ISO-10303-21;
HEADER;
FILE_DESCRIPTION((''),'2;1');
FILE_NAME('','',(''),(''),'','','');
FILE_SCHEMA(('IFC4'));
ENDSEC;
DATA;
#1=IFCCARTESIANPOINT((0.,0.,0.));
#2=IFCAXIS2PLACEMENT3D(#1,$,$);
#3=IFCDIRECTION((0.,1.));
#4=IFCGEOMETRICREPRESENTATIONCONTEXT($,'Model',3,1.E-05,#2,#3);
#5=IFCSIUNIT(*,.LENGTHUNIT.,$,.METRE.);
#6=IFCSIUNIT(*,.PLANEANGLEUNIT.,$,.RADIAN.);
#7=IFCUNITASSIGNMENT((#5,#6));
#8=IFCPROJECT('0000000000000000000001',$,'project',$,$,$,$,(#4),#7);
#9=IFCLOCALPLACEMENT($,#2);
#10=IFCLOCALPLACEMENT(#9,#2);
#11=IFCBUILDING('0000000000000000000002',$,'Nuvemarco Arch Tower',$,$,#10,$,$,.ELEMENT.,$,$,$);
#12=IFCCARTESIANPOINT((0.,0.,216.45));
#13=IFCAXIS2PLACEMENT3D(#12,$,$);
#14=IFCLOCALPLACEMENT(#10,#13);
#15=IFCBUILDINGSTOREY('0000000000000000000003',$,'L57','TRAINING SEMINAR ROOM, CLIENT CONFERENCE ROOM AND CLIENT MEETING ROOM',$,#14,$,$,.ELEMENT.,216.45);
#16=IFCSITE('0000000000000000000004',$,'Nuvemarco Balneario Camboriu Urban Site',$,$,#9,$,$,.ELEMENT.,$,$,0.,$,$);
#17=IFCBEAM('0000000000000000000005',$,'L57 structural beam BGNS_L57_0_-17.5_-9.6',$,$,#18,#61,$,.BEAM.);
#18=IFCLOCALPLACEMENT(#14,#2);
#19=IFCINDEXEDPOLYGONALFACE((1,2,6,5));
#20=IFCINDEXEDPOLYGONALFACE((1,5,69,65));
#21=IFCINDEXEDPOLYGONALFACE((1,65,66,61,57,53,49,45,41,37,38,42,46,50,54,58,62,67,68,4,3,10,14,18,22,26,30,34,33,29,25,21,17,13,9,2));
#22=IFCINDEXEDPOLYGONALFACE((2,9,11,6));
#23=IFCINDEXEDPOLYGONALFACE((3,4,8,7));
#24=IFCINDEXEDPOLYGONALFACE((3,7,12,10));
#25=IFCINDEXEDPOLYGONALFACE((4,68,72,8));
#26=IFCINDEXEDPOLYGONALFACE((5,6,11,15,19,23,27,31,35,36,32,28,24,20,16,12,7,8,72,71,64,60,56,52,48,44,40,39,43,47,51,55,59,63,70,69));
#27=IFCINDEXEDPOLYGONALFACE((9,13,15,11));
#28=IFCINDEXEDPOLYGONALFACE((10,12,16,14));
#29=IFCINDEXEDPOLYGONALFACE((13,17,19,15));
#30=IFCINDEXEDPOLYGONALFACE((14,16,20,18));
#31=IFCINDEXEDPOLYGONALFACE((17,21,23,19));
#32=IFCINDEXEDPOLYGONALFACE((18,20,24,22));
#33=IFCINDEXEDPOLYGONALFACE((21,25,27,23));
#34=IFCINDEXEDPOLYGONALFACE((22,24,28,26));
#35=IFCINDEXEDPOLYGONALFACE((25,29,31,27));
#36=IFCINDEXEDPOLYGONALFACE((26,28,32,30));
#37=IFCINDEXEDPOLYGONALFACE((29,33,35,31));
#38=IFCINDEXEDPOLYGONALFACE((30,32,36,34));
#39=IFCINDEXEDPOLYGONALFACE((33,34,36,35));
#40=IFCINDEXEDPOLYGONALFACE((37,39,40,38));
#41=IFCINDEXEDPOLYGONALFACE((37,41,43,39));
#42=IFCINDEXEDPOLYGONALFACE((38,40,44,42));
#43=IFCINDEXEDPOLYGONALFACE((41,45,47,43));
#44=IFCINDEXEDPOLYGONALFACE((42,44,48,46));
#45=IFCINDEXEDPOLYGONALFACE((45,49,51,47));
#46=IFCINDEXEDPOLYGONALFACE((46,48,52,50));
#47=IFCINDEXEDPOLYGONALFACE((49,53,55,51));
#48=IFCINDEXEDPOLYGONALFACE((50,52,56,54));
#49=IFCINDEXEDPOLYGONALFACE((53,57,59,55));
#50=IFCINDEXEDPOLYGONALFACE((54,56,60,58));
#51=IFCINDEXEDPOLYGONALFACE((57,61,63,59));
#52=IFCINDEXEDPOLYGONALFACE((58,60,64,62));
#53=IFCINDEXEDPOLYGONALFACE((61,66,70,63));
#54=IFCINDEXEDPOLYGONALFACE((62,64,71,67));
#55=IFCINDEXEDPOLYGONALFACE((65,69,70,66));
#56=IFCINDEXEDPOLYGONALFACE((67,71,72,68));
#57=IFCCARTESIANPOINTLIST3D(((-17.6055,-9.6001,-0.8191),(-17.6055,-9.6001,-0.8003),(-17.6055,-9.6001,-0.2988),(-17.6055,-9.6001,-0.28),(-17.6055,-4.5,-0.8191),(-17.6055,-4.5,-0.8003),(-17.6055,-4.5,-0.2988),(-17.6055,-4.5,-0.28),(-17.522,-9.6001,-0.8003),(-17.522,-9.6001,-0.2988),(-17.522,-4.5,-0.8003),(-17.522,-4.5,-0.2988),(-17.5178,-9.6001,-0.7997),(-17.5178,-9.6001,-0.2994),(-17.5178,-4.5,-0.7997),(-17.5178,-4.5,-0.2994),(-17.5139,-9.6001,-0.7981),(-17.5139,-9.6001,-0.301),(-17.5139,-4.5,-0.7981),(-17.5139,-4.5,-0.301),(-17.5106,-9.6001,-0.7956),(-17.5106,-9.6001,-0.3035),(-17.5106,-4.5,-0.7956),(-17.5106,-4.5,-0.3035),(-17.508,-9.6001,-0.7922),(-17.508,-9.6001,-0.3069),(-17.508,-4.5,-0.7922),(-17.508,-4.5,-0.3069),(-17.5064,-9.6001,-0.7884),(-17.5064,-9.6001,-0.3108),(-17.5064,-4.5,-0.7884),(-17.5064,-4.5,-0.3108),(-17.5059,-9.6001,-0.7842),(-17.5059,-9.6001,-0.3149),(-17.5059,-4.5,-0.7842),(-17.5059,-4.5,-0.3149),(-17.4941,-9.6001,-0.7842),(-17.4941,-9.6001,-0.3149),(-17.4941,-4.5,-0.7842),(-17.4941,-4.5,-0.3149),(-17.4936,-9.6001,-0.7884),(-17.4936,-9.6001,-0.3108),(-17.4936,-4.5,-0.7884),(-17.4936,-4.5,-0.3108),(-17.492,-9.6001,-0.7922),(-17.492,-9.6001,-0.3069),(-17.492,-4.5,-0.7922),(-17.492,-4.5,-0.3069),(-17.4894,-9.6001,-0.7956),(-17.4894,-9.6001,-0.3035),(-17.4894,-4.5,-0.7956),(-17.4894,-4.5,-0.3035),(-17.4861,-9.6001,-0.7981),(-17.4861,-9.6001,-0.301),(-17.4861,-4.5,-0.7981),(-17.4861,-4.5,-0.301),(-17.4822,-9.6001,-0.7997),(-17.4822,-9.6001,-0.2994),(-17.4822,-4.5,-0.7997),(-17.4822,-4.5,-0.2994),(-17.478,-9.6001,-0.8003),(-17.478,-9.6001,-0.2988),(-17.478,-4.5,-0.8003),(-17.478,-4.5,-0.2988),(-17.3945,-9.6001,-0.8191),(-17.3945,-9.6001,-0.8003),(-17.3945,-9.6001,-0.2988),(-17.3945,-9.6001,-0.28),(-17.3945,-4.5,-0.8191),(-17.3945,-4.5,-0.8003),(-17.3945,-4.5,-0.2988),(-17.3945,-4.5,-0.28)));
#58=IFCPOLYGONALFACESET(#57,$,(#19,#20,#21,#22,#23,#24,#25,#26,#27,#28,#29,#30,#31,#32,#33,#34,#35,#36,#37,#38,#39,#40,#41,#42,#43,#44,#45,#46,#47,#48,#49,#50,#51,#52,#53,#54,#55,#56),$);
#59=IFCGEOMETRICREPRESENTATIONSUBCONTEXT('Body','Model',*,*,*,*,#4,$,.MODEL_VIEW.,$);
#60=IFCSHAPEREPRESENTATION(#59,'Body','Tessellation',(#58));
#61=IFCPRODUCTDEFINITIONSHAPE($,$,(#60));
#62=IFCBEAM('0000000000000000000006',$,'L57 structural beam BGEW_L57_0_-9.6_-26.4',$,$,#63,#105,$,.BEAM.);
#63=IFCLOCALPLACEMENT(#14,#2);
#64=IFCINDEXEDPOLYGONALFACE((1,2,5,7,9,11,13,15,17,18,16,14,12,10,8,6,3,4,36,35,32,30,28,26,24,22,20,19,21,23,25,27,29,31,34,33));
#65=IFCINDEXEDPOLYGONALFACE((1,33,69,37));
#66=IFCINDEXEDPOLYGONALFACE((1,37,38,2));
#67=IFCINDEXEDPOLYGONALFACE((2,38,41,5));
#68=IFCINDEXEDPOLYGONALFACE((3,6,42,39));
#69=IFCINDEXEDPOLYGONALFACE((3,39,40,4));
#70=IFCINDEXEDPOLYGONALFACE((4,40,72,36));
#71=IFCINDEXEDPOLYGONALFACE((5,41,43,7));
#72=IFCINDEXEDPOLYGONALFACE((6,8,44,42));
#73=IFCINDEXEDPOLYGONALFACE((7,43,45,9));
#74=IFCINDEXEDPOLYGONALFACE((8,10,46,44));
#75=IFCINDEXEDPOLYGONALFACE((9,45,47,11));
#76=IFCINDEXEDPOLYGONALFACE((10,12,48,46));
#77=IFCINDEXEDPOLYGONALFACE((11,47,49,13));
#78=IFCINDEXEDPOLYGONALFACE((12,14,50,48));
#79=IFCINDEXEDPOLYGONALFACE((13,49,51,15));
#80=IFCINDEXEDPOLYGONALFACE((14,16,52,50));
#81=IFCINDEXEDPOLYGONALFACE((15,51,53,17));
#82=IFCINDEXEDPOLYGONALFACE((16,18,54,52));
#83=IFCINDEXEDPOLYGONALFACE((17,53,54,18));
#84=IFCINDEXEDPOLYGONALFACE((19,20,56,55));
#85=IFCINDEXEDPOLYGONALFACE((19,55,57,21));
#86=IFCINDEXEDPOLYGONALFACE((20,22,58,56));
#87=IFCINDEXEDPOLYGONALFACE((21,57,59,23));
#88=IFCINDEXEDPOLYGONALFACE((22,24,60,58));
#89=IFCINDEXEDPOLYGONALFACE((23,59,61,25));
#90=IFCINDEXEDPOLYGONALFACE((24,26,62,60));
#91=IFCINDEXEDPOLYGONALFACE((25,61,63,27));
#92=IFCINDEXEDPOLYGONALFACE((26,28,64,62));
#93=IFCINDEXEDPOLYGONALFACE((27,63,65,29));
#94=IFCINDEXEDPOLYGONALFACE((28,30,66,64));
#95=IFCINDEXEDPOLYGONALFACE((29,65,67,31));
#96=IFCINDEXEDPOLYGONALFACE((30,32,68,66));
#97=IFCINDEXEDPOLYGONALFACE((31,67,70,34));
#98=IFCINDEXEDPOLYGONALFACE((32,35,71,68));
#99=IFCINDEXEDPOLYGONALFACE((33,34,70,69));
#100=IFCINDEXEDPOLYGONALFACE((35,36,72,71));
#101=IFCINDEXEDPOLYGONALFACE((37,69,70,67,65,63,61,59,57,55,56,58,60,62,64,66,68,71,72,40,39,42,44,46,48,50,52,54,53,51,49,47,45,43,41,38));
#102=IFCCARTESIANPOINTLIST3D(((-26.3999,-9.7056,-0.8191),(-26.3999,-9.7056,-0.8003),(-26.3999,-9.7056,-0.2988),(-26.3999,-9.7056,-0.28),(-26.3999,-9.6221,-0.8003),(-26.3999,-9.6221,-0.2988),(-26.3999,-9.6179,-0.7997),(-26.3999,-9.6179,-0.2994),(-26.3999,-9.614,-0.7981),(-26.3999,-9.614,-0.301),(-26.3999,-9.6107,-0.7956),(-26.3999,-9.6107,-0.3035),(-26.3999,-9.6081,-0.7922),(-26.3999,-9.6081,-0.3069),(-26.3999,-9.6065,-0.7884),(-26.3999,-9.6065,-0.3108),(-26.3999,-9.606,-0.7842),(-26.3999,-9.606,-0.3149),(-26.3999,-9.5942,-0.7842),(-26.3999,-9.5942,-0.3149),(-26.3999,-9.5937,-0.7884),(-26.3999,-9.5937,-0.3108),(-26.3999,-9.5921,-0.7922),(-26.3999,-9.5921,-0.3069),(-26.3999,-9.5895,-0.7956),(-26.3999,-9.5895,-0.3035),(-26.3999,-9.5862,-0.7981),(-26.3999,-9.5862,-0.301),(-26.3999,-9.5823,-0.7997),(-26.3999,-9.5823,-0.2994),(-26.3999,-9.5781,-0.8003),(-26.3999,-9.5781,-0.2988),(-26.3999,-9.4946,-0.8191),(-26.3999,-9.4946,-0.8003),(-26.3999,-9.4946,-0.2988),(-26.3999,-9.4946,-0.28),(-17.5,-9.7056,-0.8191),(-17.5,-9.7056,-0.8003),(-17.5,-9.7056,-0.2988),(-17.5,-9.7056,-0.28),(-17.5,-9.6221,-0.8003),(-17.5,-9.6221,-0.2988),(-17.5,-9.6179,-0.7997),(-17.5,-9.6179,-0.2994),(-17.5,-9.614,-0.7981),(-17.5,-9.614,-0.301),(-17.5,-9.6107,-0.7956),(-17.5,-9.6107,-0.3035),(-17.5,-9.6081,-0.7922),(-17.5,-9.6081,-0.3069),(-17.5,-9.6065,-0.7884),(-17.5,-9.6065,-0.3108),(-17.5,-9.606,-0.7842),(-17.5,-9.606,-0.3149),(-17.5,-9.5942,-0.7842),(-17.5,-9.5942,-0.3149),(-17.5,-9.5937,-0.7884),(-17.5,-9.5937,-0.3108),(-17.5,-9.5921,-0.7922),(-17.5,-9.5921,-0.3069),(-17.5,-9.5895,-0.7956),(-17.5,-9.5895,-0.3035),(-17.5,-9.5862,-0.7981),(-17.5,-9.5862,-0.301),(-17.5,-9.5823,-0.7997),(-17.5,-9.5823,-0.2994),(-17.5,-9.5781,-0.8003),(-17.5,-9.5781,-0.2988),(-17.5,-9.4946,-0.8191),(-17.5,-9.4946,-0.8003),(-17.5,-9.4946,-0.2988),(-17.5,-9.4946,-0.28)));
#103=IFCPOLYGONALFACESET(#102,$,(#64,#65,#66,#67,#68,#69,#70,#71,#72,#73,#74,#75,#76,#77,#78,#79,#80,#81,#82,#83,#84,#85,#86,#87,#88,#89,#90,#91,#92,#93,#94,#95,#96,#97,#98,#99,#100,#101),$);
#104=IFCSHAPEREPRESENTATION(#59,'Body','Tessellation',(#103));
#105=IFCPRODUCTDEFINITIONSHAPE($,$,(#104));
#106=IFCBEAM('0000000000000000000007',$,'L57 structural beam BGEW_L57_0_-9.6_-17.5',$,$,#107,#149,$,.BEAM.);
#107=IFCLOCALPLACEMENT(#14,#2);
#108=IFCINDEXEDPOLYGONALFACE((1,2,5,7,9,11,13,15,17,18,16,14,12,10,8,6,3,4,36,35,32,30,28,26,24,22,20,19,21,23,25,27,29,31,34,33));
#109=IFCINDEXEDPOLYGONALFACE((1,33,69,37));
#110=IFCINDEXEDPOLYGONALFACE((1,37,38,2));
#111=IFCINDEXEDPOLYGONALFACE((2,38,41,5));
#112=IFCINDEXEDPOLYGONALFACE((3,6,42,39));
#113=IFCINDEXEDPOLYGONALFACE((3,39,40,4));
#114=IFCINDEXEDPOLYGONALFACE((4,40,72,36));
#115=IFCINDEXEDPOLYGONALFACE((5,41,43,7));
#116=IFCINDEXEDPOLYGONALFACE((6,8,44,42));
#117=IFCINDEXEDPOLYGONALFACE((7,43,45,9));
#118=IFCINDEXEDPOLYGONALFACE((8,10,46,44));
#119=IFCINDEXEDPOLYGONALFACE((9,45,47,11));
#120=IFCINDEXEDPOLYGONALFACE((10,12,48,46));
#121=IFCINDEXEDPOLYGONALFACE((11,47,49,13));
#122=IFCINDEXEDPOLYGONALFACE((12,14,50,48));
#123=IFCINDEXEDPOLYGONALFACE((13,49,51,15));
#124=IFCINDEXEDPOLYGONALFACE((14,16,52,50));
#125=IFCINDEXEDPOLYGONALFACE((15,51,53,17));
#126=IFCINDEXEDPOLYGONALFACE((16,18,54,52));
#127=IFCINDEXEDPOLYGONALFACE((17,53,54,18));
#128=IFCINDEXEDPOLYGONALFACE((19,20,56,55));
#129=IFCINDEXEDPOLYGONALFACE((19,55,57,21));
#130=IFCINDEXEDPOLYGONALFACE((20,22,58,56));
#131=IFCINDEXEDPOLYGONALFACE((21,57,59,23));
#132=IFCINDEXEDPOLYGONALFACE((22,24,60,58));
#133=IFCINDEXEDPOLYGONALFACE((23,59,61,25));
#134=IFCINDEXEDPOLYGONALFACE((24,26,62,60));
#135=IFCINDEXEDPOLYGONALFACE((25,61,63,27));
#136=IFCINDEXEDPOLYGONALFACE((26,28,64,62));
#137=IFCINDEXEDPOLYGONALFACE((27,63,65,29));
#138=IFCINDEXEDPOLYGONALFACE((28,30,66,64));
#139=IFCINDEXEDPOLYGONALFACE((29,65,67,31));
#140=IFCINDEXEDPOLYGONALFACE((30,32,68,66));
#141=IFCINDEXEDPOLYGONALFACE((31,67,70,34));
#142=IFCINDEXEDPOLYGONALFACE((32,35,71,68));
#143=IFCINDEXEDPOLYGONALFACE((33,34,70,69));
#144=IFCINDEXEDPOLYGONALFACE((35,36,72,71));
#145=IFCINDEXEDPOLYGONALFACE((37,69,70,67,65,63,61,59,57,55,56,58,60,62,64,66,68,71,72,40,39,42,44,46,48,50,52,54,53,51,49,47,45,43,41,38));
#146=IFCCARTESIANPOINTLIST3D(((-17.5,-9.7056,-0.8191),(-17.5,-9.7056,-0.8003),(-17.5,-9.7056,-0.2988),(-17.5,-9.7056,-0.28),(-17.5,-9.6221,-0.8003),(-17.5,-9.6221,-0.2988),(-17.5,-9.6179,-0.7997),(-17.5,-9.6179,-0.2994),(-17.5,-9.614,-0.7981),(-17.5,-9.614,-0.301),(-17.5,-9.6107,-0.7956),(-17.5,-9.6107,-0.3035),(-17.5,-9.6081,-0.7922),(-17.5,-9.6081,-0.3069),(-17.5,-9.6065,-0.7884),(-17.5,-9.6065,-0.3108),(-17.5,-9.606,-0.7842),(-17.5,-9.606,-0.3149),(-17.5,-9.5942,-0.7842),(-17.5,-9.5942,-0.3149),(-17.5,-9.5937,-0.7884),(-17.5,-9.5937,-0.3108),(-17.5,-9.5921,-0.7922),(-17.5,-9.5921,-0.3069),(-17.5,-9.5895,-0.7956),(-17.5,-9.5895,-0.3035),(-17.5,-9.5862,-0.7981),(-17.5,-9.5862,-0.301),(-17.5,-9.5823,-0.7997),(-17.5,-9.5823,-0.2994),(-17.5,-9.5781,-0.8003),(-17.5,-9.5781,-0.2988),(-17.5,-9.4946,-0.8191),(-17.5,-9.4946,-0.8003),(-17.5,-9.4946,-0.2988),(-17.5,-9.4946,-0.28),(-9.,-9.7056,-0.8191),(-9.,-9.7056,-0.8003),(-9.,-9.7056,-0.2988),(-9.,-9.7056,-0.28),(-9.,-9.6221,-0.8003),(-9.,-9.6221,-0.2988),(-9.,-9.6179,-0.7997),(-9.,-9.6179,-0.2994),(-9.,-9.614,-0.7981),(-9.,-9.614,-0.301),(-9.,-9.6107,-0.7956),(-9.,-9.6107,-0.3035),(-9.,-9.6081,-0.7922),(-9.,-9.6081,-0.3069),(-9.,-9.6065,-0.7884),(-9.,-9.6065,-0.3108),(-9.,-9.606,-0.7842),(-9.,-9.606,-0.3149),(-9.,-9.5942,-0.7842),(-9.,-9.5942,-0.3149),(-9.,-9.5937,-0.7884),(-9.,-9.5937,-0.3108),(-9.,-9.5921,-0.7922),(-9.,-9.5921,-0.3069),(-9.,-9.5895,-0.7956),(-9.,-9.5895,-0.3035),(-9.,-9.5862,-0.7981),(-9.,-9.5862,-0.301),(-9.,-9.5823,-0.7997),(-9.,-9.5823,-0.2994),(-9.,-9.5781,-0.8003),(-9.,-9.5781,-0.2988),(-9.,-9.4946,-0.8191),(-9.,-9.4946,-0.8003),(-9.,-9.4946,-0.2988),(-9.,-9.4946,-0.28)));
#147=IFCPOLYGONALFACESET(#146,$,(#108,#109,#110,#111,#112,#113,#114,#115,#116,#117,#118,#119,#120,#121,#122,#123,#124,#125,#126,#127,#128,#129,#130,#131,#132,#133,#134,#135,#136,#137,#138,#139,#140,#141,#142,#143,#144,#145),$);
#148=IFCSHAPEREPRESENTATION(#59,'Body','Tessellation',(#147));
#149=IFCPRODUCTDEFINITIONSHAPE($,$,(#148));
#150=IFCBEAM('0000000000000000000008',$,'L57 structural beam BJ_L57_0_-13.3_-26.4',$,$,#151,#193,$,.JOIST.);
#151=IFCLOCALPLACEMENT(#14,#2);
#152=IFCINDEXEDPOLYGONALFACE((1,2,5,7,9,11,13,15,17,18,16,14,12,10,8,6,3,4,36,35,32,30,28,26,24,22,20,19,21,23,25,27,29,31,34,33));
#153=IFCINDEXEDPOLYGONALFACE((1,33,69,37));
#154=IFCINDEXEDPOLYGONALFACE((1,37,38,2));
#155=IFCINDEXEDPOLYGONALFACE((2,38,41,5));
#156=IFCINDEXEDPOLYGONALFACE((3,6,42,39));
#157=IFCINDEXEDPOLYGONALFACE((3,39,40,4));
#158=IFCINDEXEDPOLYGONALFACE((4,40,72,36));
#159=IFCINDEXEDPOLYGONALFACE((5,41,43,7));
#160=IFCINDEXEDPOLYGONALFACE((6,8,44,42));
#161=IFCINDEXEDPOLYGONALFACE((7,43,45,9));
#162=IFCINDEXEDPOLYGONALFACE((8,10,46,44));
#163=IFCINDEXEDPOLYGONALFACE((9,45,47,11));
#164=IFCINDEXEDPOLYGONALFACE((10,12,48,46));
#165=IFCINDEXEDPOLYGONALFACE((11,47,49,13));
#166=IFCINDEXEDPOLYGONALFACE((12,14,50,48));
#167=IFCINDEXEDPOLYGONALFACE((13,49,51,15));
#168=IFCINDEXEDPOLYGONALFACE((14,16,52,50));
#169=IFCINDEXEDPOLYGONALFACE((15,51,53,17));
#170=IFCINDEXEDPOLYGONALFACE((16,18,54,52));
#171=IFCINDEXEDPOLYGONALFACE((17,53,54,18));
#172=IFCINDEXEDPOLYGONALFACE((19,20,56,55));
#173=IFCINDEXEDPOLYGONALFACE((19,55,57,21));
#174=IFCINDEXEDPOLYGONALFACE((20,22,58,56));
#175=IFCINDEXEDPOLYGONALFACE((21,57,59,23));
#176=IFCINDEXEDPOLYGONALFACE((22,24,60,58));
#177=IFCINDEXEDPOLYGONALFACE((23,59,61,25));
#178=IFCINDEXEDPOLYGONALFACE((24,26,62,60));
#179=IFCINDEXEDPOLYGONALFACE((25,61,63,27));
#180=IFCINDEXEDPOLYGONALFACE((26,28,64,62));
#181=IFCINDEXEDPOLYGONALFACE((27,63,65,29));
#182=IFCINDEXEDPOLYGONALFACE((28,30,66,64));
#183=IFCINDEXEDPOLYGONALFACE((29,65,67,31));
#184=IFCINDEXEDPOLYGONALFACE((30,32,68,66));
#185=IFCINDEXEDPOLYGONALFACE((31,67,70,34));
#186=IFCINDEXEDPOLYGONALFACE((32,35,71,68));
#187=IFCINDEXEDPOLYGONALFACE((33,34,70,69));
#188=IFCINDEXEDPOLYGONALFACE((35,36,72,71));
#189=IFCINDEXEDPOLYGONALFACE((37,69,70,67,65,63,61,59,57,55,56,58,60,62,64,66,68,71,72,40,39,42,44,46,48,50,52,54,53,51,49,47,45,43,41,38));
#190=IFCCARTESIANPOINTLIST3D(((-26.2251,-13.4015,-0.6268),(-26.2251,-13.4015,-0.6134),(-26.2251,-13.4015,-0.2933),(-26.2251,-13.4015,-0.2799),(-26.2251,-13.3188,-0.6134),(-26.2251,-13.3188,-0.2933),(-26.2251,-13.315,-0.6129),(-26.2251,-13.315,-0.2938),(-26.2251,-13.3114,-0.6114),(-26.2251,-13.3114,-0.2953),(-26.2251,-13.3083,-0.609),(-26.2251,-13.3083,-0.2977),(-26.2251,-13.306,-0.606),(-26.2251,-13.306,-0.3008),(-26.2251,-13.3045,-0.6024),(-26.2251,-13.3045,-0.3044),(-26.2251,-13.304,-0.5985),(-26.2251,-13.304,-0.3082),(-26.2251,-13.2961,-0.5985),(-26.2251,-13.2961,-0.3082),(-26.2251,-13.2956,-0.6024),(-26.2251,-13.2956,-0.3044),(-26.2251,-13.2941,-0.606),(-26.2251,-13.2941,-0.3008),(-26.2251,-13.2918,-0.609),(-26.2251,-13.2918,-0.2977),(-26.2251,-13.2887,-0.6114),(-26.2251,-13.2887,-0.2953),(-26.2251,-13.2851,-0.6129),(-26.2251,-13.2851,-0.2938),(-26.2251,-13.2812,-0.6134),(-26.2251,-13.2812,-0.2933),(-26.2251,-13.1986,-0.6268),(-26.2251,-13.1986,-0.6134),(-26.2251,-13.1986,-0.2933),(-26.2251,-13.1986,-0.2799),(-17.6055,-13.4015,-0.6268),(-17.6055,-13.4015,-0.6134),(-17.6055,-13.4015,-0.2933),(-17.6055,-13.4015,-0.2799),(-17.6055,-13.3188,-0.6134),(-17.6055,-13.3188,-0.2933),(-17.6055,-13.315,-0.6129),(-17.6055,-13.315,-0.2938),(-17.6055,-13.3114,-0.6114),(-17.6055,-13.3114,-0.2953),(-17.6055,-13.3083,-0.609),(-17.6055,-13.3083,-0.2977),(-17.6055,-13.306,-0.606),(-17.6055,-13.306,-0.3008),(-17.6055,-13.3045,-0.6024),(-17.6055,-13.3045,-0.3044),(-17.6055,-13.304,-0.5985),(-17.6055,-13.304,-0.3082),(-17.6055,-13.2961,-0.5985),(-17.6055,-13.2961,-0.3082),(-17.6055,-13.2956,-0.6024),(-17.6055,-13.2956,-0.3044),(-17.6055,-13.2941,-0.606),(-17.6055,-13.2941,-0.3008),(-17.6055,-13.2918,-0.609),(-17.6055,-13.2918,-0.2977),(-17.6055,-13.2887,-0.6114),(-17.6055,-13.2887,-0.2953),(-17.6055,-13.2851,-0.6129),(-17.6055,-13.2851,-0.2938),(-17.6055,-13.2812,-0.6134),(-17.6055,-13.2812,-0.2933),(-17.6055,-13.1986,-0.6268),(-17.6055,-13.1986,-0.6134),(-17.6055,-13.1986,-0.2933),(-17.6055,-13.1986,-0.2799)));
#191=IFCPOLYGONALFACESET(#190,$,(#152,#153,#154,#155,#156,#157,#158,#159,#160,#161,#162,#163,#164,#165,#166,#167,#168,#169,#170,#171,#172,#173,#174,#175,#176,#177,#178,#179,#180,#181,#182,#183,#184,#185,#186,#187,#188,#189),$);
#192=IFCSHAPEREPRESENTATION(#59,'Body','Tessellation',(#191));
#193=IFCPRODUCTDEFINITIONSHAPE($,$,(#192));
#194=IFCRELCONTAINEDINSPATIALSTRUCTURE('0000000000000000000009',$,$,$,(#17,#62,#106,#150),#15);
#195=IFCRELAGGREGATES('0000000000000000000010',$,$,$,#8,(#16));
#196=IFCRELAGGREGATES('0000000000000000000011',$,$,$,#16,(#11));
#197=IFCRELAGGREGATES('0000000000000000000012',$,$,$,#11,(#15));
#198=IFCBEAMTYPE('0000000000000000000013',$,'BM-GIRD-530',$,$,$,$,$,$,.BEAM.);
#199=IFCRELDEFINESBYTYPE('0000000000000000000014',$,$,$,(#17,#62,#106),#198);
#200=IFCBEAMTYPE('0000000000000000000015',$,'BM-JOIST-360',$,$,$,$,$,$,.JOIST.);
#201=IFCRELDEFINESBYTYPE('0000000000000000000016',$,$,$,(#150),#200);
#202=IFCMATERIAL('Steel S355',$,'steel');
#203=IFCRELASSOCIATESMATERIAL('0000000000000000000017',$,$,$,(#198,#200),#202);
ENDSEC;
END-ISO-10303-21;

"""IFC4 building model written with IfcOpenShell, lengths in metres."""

from ifc_helpers import new_model, si_unit, direction, frame, origin, origin_2d, place, context, subcontext, project, spatial, i_section, extrude, material, material_profile, profile_set, type_object, element, save


model = new_model("IFC4")

# Units and contexts
model_context = context("Model", 3, precision=1e-05, world=origin(), true_north=direction((0.0, 1.0)))
body_context = subcontext(model_context, "Body", "Model", "MODEL_VIEW")
ifc_project = project(units=[si_unit("LENGTHUNIT", "METRE"), si_unit("PLANEANGLEUNIT", "RADIAN")], contexts=[model_context])

# Site, building, storey
site_placement = place(None, origin())
site = spatial("IfcSite", under=ifc_project, at=site_placement, Name="Nuvemarco Balneario Camboriu Urban Site", CompositionType="ELEMENT", RefElevation=0.0)
building_placement = place(site_placement, origin())
building = spatial("IfcBuilding", under=site, at=building_placement, Name="Nuvemarco Arch Tower", CompositionType="ELEMENT")
storey_placement = place(building_placement, frame((0.0, 0.0, 216.45)))
storey = spatial("IfcBuildingStorey", under=building, at=storey_placement, Name="L57", Description="TRAINING SEMINAR ROOM, CLIENT CONFERENCE ROOM AND CLIENT MEETING ROOM", CompositionType="ELEMENT", Elevation=216.45)

# Shared definitions
ifc_material_1 = material(Name="Steel S355", Category="steel")

# Beams
ifc_material_profile_1 = material_profile(ifc_material_1, i_section(OverallWidth=0.2109, OverallDepth=0.5391, WebThickness=0.0117, FlangeThickness=0.0188, FilletRadius=0.0161, at=origin_2d()), Name="W530x109")
ifc_profile_set_1 = profile_set([ifc_material_profile_1], Name="Steel S355")
beam_type_1 = type_object("IfcBeamType", Name="BM-GIRD-530", PredefinedType="BEAM", material=ifc_profile_set_1)
beam_1_placement = place(storey_placement, frame((-17.5, -9.6001, -0.5496), z_axis=(0.0, 1.0, 0.0), x_axis=(-1.0, 0.0, 0.0)))
element("IfcBeam", 1, at=beam_1_placement, inside=storey, type_object=beam_type_1, Name="L57 structural beam BGNS_L57_0_-17.5_-9.6", PredefinedType="BEAM", context=body_context, shape_type="SweptSolid", body=[
    extrude(i_section(OverallWidth=0.2109, OverallDepth=0.5391, WebThickness=0.0117, FlangeThickness=0.0188, FilletRadius=0.0161, at=origin_2d()), origin(), (0.0, 0.0, 1.0), 5.1001),
])
beam_2_placement = place(storey_placement, frame((-26.3999, -9.6001, -0.5496), z_axis=(1.0, 0.0, 0.0), x_axis=(0.0, 1.0, 0.0)))
element("IfcBeam", 2, at=beam_2_placement, inside=storey, type_object=beam_type_1, Name="L57 structural beam BGEW_L57_0_-9.6_-26.4", PredefinedType="BEAM", context=body_context, shape_type="SweptSolid", body=[
    extrude(i_section(OverallWidth=0.2109, OverallDepth=0.5391, WebThickness=0.0117, FlangeThickness=0.0188, FilletRadius=0.0161, at=origin_2d()), origin(), (0.0, 0.0, 1.0), 8.8999),
])
beam_3_placement = place(storey_placement, frame((-17.5, -9.6001, -0.5496), z_axis=(1.0, 0.0, 0.0), x_axis=(0.0, 1.0, 0.0)))
element("IfcBeam", 3, at=beam_3_placement, inside=storey, type_object=beam_type_1, Name="L57 structural beam BGEW_L57_0_-9.6_-17.5", PredefinedType="BEAM", context=body_context, shape_type="SweptSolid", body=[
    extrude(i_section(OverallWidth=0.2109, OverallDepth=0.5391, WebThickness=0.0117, FlangeThickness=0.0188, FilletRadius=0.0161, at=origin_2d()), origin(), (0.0, 0.0, 1.0), 8.5),
])
ifc_material_profile_2 = material_profile(ifc_material_1, i_section(OverallWidth=0.2029, OverallDepth=0.3469, WebThickness=0.0078, FlangeThickness=0.0134, FilletRadius=0.0149, at=origin_2d()), Name="W360x64")
ifc_profile_set_2 = profile_set([ifc_material_profile_2], Name="Steel S355")
beam_type_2 = type_object("IfcBeamType", Name="BM-JOIST-360", PredefinedType="JOIST", material=ifc_profile_set_2)
beam_4_placement = place(storey_placement, frame((-26.2251, -13.3, -0.4534), z_axis=(1.0, 0.0, 0.0), x_axis=(0.0, 1.0, 0.0)))
element("IfcBeam", 4, at=beam_4_placement, inside=storey, type_object=beam_type_2, Name="L57 structural beam BJ_L57_0_-13.3_-26.4", PredefinedType="JOIST", context=body_context, shape_type="SweptSolid", body=[
    extrude(i_section(OverallWidth=0.2029, OverallDepth=0.3469, WebThickness=0.0078, FlangeThickness=0.0134, FilletRadius=0.0149, at=origin_2d()), origin(), (0.0, 0.0, 1.0), 8.6196),
])

save(model, "model.ifc")
